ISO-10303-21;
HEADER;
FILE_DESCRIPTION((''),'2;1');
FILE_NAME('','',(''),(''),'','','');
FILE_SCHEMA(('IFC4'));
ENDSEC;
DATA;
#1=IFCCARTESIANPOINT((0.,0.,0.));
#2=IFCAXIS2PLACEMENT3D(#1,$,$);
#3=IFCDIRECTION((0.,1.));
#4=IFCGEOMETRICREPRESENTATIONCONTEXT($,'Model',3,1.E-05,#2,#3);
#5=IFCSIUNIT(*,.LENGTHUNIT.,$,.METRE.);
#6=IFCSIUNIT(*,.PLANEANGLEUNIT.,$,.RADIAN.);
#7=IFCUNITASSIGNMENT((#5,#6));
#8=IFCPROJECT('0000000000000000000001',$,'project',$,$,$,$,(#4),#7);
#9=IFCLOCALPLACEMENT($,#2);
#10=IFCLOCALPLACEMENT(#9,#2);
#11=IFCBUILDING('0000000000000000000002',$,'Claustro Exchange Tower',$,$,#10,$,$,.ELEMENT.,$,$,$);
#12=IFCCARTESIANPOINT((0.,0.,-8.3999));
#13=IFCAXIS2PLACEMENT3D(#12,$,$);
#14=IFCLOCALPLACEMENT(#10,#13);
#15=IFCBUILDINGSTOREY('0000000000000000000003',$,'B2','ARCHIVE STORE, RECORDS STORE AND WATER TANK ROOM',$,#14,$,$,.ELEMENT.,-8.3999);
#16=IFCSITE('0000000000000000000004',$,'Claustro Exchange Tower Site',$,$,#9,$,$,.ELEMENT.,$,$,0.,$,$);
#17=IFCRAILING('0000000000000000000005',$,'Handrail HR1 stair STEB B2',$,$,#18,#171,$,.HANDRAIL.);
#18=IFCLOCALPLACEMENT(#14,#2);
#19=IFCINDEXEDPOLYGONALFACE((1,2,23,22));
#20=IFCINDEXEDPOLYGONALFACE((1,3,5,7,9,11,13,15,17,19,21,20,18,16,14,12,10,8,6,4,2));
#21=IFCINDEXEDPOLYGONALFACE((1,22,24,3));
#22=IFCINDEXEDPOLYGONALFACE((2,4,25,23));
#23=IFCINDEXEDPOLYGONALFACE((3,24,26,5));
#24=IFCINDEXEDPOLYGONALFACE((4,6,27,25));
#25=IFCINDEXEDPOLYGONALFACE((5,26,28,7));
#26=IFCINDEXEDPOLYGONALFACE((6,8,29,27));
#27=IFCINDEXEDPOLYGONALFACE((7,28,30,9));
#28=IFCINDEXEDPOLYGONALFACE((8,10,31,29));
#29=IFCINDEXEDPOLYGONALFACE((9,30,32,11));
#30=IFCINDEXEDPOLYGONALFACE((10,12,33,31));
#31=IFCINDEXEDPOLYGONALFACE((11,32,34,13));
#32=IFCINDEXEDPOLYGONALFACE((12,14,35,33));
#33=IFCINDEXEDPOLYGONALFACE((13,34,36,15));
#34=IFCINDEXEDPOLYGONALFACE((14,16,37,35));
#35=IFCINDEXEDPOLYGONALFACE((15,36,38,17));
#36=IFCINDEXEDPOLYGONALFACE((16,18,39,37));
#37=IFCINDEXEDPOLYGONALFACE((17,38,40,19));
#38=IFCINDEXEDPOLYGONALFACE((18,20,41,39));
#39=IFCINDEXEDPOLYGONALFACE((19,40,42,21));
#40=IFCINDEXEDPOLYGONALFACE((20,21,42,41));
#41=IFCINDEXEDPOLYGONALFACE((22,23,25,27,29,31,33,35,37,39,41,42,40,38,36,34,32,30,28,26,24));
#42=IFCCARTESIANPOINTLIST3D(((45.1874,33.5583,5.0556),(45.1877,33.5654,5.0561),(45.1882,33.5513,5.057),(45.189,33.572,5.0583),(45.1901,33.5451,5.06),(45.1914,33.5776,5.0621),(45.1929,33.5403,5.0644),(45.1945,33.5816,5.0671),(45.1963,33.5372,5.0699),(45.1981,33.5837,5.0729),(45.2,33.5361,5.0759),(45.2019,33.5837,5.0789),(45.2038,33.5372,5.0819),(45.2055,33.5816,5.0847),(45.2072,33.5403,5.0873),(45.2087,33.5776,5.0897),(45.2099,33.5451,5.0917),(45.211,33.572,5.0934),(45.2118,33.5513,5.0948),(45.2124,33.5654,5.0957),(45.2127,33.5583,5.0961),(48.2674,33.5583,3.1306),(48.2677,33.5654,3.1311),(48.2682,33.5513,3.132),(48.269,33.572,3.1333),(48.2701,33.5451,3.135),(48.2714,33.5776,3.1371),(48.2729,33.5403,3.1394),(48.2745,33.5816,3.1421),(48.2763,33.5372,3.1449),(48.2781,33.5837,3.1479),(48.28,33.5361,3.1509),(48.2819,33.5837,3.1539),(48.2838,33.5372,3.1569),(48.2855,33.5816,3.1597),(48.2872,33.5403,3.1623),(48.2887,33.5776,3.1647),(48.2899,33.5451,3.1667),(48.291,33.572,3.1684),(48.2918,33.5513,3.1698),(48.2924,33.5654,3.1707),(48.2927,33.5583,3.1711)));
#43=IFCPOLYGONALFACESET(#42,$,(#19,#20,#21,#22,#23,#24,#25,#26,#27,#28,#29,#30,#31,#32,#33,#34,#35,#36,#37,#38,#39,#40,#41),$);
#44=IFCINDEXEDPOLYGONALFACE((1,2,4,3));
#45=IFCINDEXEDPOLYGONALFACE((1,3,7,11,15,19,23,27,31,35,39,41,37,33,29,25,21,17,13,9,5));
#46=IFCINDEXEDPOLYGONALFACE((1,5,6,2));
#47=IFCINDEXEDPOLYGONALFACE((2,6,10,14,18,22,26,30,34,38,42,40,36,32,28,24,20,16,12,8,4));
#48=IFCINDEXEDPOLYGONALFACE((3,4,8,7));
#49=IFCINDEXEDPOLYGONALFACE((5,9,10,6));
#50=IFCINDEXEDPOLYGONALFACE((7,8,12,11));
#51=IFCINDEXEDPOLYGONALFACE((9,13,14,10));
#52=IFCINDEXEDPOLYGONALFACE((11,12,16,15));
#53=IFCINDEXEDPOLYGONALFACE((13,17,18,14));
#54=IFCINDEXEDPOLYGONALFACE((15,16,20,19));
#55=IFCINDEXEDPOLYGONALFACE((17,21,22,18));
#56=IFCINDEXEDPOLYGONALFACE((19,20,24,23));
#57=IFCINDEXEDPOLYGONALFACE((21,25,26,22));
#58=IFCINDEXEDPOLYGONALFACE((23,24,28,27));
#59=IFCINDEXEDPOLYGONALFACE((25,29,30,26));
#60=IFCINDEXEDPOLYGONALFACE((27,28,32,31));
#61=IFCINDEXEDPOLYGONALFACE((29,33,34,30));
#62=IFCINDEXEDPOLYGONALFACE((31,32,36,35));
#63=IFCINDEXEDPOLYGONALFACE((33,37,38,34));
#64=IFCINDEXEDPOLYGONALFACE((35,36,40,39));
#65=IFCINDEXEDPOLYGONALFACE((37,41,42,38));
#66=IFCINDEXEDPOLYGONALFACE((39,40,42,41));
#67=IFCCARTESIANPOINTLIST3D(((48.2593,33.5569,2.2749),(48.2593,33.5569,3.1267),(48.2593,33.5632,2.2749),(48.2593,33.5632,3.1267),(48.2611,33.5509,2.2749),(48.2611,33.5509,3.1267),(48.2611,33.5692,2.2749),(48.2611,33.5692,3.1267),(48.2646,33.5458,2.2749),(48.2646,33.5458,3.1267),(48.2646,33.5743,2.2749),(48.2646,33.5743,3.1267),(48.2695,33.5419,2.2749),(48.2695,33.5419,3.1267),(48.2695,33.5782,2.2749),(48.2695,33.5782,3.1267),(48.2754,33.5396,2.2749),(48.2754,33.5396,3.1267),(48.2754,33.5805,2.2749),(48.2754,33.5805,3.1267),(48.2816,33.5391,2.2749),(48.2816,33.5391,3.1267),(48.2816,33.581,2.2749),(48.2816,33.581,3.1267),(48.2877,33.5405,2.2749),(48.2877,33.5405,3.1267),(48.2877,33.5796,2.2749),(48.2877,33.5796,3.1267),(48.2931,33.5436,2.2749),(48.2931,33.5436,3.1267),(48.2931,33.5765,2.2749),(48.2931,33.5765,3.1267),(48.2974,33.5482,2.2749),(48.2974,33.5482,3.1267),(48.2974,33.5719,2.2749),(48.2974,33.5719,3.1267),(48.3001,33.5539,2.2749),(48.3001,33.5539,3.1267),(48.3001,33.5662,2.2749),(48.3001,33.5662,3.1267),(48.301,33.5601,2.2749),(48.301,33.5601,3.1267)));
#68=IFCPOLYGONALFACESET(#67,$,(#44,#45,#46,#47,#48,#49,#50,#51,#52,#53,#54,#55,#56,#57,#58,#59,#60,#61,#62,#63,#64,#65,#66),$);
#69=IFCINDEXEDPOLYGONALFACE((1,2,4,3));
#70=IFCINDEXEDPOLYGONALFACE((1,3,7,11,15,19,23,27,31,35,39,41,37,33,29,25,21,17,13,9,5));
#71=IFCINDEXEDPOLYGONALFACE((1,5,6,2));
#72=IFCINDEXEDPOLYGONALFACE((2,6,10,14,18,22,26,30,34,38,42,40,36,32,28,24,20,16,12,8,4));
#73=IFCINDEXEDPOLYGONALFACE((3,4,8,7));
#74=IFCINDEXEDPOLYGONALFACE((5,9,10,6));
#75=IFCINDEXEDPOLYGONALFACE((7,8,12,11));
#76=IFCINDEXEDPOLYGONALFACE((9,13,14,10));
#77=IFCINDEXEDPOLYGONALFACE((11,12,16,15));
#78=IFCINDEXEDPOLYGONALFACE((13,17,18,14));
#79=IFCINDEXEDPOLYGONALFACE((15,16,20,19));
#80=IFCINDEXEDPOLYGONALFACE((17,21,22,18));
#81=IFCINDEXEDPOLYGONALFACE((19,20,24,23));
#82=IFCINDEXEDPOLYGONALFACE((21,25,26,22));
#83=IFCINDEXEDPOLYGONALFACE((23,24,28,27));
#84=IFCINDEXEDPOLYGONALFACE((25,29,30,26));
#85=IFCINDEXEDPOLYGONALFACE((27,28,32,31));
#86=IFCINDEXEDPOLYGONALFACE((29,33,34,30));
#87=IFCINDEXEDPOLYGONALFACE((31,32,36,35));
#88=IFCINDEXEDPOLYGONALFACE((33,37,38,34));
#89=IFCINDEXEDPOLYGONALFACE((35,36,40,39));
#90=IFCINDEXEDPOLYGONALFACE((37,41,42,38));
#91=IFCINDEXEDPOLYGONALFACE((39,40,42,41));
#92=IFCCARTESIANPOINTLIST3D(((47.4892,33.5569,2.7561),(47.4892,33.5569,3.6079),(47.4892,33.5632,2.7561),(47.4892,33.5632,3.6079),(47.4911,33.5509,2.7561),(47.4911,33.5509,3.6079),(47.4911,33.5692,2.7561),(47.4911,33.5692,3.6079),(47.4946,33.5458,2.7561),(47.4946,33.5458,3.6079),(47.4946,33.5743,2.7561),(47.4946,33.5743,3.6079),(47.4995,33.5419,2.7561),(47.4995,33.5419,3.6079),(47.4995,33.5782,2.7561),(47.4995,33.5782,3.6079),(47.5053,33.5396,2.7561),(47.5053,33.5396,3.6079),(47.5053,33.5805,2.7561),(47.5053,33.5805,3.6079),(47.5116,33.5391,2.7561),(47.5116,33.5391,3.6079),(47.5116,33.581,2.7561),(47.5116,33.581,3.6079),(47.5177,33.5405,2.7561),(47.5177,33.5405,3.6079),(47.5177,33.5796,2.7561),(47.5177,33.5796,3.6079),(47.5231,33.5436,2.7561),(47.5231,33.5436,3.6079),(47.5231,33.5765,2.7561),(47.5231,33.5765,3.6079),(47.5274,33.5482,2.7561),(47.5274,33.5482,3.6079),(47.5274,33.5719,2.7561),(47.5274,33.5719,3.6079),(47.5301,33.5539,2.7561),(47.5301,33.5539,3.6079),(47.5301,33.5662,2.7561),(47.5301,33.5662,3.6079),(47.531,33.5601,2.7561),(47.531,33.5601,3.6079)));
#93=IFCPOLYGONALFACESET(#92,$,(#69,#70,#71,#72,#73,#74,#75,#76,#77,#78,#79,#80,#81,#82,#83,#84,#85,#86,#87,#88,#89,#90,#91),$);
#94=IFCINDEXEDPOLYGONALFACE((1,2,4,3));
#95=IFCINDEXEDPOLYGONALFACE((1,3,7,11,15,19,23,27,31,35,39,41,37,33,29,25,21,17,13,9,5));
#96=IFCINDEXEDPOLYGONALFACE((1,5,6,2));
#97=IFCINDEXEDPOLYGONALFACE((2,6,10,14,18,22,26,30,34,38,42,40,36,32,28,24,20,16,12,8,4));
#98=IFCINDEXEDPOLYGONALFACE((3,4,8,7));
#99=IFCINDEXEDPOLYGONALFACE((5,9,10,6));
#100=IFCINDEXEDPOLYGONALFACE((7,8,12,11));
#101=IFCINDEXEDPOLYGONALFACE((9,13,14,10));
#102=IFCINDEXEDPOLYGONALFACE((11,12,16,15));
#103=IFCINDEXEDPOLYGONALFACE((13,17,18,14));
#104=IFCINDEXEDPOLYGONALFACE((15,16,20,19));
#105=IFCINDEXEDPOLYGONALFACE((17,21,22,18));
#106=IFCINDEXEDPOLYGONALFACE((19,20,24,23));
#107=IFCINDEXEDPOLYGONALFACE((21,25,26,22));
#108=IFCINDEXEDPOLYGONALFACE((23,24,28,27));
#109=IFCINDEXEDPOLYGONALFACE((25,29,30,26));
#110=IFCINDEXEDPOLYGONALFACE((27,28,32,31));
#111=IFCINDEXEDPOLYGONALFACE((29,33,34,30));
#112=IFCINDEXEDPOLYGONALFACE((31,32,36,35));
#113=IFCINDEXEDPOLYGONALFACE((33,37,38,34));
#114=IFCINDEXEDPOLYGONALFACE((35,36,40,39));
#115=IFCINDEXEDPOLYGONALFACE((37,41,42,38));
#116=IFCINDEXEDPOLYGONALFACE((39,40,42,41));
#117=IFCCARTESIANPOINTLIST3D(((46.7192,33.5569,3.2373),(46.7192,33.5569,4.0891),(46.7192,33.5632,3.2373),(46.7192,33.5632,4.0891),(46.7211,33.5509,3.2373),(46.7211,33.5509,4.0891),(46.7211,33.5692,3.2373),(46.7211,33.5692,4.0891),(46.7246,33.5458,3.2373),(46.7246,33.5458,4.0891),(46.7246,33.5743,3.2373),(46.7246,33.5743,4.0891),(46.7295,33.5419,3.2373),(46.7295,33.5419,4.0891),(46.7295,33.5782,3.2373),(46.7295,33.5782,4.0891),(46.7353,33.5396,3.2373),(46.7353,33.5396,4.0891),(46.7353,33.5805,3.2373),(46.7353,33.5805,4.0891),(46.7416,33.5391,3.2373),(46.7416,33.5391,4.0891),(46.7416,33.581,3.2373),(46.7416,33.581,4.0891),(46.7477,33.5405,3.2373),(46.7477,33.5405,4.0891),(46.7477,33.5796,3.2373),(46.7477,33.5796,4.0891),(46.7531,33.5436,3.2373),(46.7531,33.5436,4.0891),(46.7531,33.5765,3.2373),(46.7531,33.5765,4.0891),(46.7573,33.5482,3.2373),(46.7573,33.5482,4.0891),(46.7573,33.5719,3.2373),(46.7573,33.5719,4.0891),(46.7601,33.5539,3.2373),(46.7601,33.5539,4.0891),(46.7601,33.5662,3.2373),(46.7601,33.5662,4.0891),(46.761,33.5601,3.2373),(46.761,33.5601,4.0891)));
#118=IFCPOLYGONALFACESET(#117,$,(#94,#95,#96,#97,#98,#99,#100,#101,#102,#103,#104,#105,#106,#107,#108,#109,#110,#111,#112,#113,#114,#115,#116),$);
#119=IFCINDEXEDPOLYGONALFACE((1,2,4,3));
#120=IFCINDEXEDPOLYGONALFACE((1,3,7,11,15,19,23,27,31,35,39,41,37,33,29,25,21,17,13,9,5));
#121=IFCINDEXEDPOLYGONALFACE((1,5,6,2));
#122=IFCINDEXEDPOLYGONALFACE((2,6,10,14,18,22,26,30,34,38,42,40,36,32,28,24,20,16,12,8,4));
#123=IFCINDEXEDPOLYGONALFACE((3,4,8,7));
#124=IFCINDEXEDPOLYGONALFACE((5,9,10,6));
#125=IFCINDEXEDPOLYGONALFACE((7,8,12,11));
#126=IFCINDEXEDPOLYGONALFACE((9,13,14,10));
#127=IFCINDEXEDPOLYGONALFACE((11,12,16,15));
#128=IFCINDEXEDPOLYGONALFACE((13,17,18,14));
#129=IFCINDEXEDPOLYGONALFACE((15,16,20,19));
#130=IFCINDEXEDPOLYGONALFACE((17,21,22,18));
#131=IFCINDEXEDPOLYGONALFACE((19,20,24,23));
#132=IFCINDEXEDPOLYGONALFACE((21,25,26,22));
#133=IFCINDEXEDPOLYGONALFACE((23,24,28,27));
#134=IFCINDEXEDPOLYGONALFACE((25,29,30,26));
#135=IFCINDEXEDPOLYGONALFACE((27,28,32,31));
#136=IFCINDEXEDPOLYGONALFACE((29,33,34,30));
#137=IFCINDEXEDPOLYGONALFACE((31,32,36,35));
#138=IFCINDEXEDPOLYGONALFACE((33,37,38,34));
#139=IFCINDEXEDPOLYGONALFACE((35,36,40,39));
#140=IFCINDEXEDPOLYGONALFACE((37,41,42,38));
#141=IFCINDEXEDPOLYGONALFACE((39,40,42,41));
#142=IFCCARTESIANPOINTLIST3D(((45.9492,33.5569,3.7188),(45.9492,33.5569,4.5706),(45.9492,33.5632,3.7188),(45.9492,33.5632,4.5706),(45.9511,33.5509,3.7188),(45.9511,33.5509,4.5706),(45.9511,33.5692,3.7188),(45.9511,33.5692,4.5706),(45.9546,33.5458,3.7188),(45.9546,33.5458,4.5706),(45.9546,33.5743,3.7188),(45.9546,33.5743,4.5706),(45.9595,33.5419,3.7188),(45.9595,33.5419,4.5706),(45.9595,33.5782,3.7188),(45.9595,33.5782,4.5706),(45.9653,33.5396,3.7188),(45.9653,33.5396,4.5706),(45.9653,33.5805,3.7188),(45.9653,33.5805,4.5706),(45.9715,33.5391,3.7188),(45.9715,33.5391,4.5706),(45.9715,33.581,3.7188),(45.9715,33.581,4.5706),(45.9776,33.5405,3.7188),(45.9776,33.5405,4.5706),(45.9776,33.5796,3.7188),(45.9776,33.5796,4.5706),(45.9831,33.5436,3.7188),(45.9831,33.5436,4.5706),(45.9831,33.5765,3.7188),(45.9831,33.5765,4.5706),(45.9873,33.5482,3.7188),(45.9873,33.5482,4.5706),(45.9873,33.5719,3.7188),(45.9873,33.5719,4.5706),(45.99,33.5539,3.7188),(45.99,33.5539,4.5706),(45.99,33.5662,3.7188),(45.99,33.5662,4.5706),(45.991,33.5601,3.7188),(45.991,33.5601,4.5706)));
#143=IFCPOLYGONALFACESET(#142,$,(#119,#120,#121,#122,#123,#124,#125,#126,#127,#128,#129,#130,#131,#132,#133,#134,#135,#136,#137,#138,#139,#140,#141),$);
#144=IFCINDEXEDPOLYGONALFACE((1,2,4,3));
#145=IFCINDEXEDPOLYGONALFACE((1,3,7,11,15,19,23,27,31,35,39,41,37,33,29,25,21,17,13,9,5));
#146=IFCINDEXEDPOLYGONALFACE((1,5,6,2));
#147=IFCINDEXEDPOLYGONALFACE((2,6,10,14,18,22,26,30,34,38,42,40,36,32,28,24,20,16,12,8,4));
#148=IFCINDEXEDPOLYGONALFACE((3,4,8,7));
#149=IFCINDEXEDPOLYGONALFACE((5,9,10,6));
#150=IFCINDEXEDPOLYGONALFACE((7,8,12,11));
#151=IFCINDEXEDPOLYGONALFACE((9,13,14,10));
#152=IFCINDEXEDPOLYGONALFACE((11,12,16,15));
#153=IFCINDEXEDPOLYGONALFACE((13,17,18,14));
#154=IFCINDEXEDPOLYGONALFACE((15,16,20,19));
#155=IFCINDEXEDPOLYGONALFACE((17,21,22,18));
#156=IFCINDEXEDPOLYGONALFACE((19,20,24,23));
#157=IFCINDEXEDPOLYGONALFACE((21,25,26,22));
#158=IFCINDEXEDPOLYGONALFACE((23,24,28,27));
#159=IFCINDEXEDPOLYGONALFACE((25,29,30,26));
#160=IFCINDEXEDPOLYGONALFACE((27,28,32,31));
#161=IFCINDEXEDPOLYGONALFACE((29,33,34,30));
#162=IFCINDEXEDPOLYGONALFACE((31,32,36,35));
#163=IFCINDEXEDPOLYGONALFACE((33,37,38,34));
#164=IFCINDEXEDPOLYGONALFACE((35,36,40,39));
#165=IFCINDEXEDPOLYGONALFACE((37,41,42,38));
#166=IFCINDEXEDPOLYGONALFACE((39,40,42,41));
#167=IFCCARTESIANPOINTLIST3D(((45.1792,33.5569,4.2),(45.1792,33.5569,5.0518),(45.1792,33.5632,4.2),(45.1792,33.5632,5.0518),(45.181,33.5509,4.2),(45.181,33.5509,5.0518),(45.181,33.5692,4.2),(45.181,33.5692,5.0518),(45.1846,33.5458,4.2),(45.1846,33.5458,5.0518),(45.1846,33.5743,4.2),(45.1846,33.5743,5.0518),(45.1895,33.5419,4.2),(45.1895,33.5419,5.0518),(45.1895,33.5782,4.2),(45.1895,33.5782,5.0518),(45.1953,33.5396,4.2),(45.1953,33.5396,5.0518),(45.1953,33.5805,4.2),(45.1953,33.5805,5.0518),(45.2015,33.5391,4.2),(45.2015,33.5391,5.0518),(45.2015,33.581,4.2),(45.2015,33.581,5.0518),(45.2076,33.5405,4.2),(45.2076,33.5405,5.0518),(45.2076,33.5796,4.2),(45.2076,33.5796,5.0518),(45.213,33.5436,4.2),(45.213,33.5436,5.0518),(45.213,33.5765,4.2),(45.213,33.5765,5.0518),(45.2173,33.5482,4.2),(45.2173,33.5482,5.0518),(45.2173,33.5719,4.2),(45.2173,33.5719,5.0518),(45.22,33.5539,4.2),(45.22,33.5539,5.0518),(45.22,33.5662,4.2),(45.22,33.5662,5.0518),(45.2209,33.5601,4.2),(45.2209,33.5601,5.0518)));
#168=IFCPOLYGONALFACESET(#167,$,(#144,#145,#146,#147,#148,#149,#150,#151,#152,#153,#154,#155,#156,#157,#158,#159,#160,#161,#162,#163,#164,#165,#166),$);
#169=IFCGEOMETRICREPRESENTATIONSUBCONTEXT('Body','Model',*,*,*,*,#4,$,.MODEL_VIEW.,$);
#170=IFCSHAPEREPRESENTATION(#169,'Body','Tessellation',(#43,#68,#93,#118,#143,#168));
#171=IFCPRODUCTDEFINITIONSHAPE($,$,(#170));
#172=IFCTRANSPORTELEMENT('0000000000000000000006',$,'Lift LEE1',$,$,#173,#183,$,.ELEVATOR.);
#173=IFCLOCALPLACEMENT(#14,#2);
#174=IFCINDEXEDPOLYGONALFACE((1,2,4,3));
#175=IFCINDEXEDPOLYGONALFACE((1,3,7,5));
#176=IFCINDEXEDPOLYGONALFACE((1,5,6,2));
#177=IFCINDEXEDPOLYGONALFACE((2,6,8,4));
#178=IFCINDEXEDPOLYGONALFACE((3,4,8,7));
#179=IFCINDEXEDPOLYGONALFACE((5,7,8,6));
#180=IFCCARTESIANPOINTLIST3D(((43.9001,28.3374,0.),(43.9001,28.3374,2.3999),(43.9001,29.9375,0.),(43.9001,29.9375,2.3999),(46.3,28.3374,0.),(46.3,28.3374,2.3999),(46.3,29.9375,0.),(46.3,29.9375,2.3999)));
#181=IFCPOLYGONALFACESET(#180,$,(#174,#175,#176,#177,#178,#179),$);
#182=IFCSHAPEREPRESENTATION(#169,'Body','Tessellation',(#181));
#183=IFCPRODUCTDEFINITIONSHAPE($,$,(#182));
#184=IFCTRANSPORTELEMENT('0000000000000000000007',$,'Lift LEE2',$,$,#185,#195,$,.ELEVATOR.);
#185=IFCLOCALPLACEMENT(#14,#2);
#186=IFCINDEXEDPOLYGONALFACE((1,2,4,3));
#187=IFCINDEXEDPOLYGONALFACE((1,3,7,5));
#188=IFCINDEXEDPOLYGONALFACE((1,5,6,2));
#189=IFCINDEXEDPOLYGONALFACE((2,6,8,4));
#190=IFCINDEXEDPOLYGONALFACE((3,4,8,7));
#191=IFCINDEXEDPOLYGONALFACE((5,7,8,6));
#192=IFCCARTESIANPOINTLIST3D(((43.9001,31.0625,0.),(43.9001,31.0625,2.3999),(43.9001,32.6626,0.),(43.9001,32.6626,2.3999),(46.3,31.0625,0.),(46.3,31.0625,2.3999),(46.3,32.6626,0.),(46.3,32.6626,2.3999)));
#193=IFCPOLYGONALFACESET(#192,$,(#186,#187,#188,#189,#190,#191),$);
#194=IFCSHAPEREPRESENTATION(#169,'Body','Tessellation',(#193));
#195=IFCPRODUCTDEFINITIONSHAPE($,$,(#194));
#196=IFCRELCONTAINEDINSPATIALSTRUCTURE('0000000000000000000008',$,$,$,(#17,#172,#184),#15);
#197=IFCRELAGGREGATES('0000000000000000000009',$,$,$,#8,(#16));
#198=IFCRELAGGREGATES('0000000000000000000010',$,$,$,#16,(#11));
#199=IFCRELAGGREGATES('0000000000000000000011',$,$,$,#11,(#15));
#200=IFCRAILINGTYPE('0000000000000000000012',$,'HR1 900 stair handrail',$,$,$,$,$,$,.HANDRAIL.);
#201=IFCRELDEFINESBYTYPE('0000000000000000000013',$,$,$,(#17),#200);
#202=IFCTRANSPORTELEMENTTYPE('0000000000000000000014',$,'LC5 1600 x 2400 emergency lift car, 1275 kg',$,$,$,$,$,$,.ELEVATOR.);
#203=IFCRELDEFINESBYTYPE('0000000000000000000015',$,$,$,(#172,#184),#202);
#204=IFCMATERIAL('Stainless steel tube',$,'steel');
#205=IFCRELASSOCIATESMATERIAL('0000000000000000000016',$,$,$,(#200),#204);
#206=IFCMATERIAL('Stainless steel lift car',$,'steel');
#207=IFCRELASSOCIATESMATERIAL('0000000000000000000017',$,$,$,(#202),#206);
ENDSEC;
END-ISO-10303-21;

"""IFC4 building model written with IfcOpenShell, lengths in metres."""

from ifc_helpers import new_model, si_unit, direction, frame, origin, origin_2d, place, context, subcontext, project, spatial, rectangle, circle, extrude, material, type_object, element, save


model = new_model("IFC4")

# Units and contexts
model_context = context("Model", 3, precision=1e-05, world=origin(), true_north=direction((0.0, 1.0)))
body_context = subcontext(model_context, "Body", "Model", "MODEL_VIEW")
ifc_project = project(units=[si_unit("LENGTHUNIT", "METRE"), si_unit("PLANEANGLEUNIT", "RADIAN")], contexts=[model_context])

# Site, building, storey
site_placement = place(None, origin())
site = spatial("IfcSite", under=ifc_project, at=site_placement, Name="Claustro Exchange Tower Site", CompositionType="ELEMENT", RefElevation=0.0)
building_placement = place(site_placement, origin())
building = spatial("IfcBuilding", under=site, at=building_placement, Name="Claustro Exchange Tower", CompositionType="ELEMENT")
storey_placement = place(building_placement, frame((0.0, 0.0, -8.3999)))
storey = spatial("IfcBuildingStorey", under=building, at=storey_placement, Name="B2", Description="ARCHIVE STORE, RECORDS STORE AND WATER TANK ROOM", CompositionType="ELEMENT", Elevation=-8.3999)

# Railing
ifc_material_1 = material(Name="Stainless steel tube", Category="steel")
railing_type_1 = type_object("IfcRailingType", Name="HR1 900 stair handrail", PredefinedType="HANDRAIL", material=ifc_material_1)
railing_1_placement = place(storey_placement, frame((48.28, 33.5601, 2.2749)))
element("IfcRailing", 1, at=railing_1_placement, inside=storey, type_object=railing_type_1, Name="Handrail HR1 stair STEB B2", PredefinedType="HANDRAIL", context=body_context, shape_type="SweptSolid", body=[
    extrude(circle(Radius=0.0239, at=origin_2d()), frame((0.0, 0.0, 0.876), z_axis=(-0.847998, 0.0, 0.529999), x_axis=(0.0, -1.0, 0.0)), (0.0, 0.0, 1.0), 3.6321),
    extrude(circle(Radius=0.021, at=origin_2d()), origin(), (0.0, 0.0, 1.0), 0.8518),
    extrude(circle(Radius=0.021, at=origin_2d()), frame((-0.77, 0.0, 0.4812)), (0.0, 0.0, 1.0), 0.8518),
    extrude(circle(Radius=0.021, at=origin_2d()), frame((-1.54, 0.0, 0.9624)), (0.0, 0.0, 1.0), 0.8518),
    extrude(circle(Radius=0.021, at=origin_2d()), frame((-2.3101, 0.0, 1.4438)), (0.0, 0.0, 1.0), 0.8518),
    extrude(circle(Radius=0.021, at=origin_2d()), frame((-3.0801, 0.0, 1.925)), (0.0, 0.0, 1.0), 0.8518),
])

# Transport elements
ifc_material_2 = material(Name="Stainless steel lift car", Category="steel")
transport_element_type = type_object("IfcTransportElementType", Name="LC5 1600 x 2400 emergency lift car, 1275 kg", PredefinedType="ELEVATOR", material=ifc_material_2)
for number, where, name in (
    (2, (45.1001, 29.1375, 0.0), "Lift LEE1"),
    (3, (45.1001, 31.8625, 0.0), "Lift LEE2"),
):
    element("IfcTransportElement", number, at=place(storey_placement, frame(where)), inside=storey, type_object=transport_element_type, Name=name, PredefinedType="ELEVATOR", context=body_context, shape_type="SweptSolid", body=[
        extrude(rectangle(XDim=2.3999, YDim=1.6001, at=origin_2d()), origin(), (0.0, 0.0, 1.0), 2.3999),
    ])

save(model, "model.ifc")
